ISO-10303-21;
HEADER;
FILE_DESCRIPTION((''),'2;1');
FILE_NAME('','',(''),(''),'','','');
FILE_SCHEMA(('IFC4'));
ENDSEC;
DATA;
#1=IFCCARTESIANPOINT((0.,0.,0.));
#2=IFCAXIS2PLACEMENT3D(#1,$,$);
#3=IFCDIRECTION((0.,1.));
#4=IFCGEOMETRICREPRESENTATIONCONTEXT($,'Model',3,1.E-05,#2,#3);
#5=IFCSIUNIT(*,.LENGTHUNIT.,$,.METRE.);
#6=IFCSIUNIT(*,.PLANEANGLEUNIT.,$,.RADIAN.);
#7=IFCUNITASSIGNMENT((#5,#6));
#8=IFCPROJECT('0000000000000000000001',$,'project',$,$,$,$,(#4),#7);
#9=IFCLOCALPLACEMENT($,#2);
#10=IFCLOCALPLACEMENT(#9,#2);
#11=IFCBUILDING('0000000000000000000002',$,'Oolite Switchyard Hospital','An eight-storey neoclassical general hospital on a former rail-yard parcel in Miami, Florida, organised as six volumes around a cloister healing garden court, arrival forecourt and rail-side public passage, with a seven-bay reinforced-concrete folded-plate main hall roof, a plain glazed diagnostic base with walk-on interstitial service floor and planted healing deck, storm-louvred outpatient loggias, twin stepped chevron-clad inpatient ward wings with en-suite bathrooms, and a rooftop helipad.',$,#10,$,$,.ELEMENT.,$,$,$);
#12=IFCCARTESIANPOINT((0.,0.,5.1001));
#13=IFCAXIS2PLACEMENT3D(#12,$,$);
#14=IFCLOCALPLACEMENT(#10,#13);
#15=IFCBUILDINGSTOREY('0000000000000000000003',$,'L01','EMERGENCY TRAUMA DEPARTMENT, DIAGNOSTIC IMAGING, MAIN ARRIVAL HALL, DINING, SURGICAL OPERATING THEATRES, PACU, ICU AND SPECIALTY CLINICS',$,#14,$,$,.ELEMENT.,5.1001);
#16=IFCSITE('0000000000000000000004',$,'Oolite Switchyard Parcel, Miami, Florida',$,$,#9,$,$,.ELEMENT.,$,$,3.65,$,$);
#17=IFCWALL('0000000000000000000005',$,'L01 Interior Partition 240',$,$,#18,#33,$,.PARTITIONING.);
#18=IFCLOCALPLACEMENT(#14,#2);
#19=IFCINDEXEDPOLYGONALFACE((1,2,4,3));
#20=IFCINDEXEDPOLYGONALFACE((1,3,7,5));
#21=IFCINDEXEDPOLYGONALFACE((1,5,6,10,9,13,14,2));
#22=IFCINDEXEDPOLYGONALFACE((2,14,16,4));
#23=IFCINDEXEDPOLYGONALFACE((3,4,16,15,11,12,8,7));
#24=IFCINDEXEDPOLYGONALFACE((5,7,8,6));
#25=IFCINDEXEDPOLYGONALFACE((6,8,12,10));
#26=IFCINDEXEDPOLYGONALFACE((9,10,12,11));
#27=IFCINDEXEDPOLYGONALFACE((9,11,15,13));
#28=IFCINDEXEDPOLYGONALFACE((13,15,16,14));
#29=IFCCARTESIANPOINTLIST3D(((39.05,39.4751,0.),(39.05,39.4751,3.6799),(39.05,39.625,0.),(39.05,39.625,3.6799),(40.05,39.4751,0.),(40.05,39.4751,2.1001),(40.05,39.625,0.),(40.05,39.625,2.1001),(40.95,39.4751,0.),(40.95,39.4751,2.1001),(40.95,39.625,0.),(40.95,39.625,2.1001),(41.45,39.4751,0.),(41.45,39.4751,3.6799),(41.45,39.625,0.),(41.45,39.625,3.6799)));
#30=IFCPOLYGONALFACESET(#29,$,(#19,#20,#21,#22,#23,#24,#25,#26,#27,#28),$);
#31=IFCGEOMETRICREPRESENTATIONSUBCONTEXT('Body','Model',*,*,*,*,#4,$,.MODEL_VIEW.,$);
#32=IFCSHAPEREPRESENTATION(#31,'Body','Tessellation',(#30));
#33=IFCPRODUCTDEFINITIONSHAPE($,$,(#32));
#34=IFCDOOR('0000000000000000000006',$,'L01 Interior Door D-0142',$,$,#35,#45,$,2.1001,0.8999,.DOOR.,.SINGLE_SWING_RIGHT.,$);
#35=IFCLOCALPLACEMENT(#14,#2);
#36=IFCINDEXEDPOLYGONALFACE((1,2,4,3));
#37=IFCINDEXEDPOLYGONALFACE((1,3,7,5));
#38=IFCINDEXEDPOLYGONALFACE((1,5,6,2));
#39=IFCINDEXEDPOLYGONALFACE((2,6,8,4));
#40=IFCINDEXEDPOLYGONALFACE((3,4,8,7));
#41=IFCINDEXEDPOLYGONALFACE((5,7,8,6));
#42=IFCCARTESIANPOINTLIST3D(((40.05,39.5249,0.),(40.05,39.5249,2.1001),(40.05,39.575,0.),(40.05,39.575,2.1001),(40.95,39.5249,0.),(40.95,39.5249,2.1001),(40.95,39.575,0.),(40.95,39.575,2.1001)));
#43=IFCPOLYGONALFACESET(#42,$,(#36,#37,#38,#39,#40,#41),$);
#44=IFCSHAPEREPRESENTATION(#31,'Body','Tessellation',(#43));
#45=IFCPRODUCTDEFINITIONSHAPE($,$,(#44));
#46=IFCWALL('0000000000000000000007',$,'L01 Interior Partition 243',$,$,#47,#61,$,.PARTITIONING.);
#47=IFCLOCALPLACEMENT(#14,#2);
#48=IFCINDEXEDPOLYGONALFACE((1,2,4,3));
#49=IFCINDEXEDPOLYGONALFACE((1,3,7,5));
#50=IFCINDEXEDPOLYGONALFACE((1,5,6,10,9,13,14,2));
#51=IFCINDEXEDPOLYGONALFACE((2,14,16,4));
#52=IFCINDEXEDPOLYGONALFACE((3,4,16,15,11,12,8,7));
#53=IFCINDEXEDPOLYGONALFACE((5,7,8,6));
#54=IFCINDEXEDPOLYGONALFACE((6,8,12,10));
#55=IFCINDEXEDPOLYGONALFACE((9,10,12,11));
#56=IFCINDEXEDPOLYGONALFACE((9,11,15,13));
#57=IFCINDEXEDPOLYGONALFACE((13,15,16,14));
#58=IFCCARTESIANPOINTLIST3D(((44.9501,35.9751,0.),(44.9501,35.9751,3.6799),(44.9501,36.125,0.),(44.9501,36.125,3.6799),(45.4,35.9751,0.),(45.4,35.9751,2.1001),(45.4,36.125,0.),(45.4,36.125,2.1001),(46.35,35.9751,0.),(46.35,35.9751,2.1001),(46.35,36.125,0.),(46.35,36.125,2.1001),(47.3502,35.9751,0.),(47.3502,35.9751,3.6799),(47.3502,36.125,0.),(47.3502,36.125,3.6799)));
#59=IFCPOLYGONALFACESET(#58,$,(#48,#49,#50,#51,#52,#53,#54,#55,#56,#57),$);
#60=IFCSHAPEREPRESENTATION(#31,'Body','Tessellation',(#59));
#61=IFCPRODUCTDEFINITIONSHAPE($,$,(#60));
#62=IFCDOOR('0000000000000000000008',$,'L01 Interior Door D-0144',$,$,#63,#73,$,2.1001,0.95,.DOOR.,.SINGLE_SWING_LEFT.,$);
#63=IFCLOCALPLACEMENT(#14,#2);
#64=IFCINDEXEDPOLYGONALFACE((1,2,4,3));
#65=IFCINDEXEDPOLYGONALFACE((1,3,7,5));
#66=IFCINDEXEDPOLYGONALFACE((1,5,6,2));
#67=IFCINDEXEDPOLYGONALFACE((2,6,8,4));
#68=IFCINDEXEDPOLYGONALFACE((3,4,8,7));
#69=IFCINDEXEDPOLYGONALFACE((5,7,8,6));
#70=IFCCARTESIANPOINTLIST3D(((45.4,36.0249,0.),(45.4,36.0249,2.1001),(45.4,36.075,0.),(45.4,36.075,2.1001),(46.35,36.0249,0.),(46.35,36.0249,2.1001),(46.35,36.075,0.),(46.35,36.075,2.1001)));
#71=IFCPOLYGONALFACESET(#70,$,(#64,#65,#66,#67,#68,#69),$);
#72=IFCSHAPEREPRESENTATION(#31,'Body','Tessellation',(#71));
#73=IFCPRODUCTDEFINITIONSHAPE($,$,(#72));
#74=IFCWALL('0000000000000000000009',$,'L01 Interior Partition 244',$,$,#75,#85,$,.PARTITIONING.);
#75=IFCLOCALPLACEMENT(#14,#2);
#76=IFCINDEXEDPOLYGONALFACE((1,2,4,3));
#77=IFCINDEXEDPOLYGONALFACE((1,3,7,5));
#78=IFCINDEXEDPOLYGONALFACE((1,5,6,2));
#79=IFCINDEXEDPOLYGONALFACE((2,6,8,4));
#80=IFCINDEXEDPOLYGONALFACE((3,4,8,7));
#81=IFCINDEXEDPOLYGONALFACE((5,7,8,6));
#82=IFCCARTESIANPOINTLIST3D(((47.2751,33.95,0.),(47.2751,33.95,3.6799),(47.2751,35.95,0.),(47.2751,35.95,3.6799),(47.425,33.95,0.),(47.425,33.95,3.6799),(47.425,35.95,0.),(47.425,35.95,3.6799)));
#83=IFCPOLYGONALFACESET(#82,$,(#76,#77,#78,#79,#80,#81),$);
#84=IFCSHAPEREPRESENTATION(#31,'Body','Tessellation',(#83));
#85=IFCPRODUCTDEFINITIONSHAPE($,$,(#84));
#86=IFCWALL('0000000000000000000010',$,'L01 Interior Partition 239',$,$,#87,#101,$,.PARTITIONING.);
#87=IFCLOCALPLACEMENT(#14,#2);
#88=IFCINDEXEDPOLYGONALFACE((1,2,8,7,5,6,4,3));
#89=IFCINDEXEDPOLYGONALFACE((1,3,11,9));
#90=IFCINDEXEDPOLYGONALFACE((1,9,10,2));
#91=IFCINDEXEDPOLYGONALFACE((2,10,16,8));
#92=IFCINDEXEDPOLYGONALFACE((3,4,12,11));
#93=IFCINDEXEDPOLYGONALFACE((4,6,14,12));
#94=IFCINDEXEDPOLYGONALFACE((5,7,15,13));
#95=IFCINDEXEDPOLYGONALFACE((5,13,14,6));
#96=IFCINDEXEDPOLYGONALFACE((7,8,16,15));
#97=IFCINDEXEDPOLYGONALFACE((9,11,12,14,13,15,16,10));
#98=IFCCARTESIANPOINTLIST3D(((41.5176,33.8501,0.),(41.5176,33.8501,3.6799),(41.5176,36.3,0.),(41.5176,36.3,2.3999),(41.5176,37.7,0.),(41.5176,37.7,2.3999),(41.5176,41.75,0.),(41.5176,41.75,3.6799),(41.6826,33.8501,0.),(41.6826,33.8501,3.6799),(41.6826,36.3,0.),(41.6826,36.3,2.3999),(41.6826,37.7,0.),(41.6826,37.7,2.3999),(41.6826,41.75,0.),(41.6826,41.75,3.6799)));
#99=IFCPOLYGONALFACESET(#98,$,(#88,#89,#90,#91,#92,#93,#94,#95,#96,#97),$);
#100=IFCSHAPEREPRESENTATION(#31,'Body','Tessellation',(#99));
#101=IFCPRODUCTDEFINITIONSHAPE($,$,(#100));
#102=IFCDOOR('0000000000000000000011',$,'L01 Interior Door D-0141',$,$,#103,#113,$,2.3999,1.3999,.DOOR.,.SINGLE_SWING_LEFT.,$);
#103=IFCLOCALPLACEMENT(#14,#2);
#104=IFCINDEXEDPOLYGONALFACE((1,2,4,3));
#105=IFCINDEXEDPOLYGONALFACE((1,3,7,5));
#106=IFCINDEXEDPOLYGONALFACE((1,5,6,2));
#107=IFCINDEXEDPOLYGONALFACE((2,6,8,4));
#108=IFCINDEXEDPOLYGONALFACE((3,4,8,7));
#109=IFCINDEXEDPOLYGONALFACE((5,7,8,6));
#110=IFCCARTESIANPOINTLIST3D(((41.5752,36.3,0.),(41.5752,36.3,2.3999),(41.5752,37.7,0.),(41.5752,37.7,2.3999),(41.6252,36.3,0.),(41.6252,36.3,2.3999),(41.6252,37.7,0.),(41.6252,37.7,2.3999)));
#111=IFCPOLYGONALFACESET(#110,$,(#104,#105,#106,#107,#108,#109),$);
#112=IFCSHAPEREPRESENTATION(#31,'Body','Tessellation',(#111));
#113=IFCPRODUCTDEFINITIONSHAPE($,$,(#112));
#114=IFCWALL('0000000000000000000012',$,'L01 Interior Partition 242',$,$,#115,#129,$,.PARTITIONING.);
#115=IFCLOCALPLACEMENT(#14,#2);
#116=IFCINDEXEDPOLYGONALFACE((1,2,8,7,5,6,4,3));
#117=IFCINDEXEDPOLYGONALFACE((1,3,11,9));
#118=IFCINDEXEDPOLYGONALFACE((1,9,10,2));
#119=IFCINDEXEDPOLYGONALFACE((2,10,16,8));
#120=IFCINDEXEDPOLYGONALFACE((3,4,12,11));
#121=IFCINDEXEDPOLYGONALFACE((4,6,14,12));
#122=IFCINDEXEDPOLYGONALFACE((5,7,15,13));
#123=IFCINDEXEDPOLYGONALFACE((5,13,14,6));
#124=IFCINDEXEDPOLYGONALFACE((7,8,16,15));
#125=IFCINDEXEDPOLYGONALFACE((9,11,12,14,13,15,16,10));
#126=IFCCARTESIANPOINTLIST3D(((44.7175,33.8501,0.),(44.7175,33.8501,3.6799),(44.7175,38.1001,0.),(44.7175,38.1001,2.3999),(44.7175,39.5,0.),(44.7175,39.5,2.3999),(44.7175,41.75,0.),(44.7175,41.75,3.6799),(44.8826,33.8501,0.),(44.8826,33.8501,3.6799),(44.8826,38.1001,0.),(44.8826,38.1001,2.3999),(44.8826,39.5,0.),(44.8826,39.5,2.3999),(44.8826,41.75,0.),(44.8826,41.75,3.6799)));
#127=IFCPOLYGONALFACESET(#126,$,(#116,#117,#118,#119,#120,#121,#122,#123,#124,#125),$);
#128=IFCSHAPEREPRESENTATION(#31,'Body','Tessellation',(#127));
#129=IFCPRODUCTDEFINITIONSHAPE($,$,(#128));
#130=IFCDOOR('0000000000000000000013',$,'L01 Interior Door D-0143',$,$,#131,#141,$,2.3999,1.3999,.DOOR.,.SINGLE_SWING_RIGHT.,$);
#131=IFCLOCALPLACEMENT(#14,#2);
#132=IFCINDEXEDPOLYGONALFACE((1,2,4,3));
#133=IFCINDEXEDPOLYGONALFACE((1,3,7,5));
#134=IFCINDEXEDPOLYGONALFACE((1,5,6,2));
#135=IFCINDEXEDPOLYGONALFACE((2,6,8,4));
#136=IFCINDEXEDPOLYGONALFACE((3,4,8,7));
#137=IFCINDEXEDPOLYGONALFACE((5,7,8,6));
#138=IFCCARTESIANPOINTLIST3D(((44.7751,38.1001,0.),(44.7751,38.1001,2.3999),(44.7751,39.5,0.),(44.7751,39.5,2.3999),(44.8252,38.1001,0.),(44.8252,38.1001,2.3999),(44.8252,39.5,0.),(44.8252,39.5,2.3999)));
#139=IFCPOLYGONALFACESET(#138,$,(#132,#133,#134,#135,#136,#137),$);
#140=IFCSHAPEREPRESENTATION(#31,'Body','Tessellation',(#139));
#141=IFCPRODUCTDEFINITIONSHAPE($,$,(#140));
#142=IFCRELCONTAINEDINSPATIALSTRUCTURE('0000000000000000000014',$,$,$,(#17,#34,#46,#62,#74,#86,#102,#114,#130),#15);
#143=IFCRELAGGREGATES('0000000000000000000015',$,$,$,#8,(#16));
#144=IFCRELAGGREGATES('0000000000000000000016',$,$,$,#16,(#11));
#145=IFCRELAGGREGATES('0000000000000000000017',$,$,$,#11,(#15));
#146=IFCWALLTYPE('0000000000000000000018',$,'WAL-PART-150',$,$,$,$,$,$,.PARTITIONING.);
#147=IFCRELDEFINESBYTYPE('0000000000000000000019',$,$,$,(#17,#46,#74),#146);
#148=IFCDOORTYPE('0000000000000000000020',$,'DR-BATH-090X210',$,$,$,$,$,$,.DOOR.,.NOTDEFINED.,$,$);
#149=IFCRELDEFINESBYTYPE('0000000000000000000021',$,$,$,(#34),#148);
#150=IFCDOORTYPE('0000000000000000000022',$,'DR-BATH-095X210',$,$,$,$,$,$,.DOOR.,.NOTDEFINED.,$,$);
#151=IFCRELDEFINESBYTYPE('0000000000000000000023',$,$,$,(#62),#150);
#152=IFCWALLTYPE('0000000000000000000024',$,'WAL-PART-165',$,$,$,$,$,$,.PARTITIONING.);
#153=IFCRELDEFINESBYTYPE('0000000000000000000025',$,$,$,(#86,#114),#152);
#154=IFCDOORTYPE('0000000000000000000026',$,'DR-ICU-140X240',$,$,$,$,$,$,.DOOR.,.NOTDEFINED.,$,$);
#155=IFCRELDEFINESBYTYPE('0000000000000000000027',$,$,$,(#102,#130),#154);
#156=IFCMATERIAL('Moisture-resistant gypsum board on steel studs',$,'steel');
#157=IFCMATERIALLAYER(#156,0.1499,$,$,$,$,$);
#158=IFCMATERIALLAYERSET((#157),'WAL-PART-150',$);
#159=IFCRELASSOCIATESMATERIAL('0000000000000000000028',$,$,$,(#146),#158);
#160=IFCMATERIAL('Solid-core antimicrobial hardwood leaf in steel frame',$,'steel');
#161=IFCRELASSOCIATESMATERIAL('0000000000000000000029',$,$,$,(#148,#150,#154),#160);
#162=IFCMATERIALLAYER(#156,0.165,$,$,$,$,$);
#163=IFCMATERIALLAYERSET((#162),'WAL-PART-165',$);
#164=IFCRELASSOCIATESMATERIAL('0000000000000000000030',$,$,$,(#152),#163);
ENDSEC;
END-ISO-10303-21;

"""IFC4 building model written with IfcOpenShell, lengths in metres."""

from ifc_helpers import new_model, si_unit, direction, frame, frame_2d, origin, place, context, subcontext, project, spatial, rectangle, extrude, material, layer, layer_set, type_object, element, fill, save


model = new_model("IFC4")

# Units and contexts
model_context = context("Model", 3, precision=1e-05, world=origin(), true_north=direction((0.0, 1.0)))
body_context = subcontext(model_context, "Body", "Model", "MODEL_VIEW")
ifc_project = project(units=[si_unit("LENGTHUNIT", "METRE"), si_unit("PLANEANGLEUNIT", "RADIAN")], contexts=[model_context])

# Site, building, storey
site_placement = place(None, origin())
site = spatial("IfcSite", under=ifc_project, at=site_placement, Name="Oolite Switchyard Parcel, Miami, Florida", CompositionType="ELEMENT", RefElevation=3.65)
building_placement = place(site_placement, origin())
building = spatial("IfcBuilding", under=site, at=building_placement, Name="Oolite Switchyard Hospital", Description="An eight-storey neoclassical general hospital on a former rail-yard parcel in Miami, Florida, organised as six volumes around a cloister healing garden court, arrival forecourt and rail-side public passage, with a seven-bay reinforced-concrete folded-plate main hall roof, a plain glazed diagnostic base with walk-on interstitial service floor and planted healing deck, storm-louvred outpatient loggias, twin stepped chevron-clad inpatient ward wings with en-suite bathrooms, and a rooftop helipad.", CompositionType="ELEMENT")
storey_placement = place(building_placement, frame((0.0, 0.0, 5.1001)))
storey = spatial("IfcBuildingStorey", under=building, at=storey_placement, Name="L01", Description="EMERGENCY TRAUMA DEPARTMENT, DIAGNOSTIC IMAGING, MAIN ARRIVAL HALL, DINING, SURGICAL OPERATING THEATRES, PACU, ICU AND SPECIALTY CLINICS", CompositionType="ELEMENT", Elevation=5.1001)

# Walls, openings, doors
ifc_material_1 = material(Name="Moisture-resistant gypsum board on steel studs", Category="steel")
ifc_layer_1 = layer(ifc_material_1, 0.1499)
ifc_layer_set_1 = layer_set([ifc_layer_1], Name="WAL-PART-150")
wall_type_1 = type_object("IfcWallType", Name="WAL-PART-150", PredefinedType="PARTITIONING", material=ifc_layer_set_1)
wall_1_placement = place(storey_placement, frame((39.05, 39.55, 0.0), z_axis=(0.0, 0.0, 1.0), x_axis=(1.0, 0.0, 0.0)))
wall_1 = element("IfcWall", 1, at=wall_1_placement, inside=storey, type_object=wall_type_1, Name="L01 Interior Partition 240", PredefinedType="PARTITIONING", context=body_context, shape_type="SweptSolid", body=[
    extrude(rectangle(XDim=2.3999, YDim=0.1499, at=frame_2d((1.2, 0.0))), origin(), (0.0, 0.0, 1.0), 3.6799),
])
opening_1_placement = place(wall_1_placement, frame((1.0, 0.0, 0.0)))
opening_1 = element("IfcOpeningElement", 2, at=opening_1_placement, cuts=wall_1, PredefinedType="OPENING", context=body_context, shape_type="SweptSolid", body=[
    extrude(rectangle(XDim=0.8999, YDim=2.1001, at=frame_2d((0.45, 1.05))), frame((0.0, 0.085, 0.0), z_axis=(0.0, -1.0, 0.0), x_axis=(1.0, 0.0, 0.0)), (0.0, 0.0, 1.0), 0.1699),
])
ifc_material_2 = material(Name="Solid-core antimicrobial hardwood leaf in steel frame", Category="steel")
door_type_1 = type_object("IfcDoorType", Name="DR-BATH-090X210", OperationType="NOTDEFINED", PredefinedType="DOOR", material=ifc_material_2)
door_1_placement = place(opening_1_placement, origin())
door_1 = element("IfcDoor", 3, at=door_1_placement, inside=storey, type_object=door_type_1, Name="L01 Interior Door D-0142", OperationType="SINGLE_SWING_RIGHT", OverallHeight=2.1001, OverallWidth=0.8999, PredefinedType="DOOR", context=body_context, shape_type="SweptSolid", body=[
    extrude(rectangle(XDim=0.8999, YDim=2.1001, at=frame_2d((0.45, 1.05))), frame((0.0, 0.0249, 0.0), z_axis=(0.0, -1.0, 0.0), x_axis=(1.0, 0.0, 0.0)), (0.0, 0.0, 1.0), 0.05),
])
fill(opening_1, door_1)
wall_2_placement = place(storey_placement, frame((44.95, 36.05, 0.0), z_axis=(0.0, 0.0, 1.0), x_axis=(1.0, 0.0, 0.0)))
wall_2 = element("IfcWall", 4, at=wall_2_placement, inside=storey, type_object=wall_type_1, Name="L01 Interior Partition 243", PredefinedType="PARTITIONING", context=body_context, shape_type="SweptSolid", body=[
    extrude(rectangle(XDim=2.4001, YDim=0.1499, at=frame_2d((1.2002, 0.0))), origin(), (0.0, 0.0, 1.0), 3.6799),
])
opening_2_placement = place(wall_2_placement, frame((0.45, 0.0, 0.0)))
opening_2 = element("IfcOpeningElement", 5, at=opening_2_placement, cuts=wall_2, PredefinedType="OPENING", context=body_context, shape_type="SweptSolid", body=[
    extrude(rectangle(XDim=0.95, YDim=2.1001, at=frame_2d((0.4751, 1.05))), frame((0.0, 0.085, 0.0), z_axis=(0.0, -1.0, 0.0), x_axis=(1.0, 0.0, 0.0)), (0.0, 0.0, 1.0), 0.1699),
])
door_type_2 = type_object("IfcDoorType", Name="DR-BATH-095X210", OperationType="NOTDEFINED", PredefinedType="DOOR", material=ifc_material_2)
door_2_placement = place(opening_2_placement, origin())
door_2 = element("IfcDoor", 6, at=door_2_placement, inside=storey, type_object=door_type_2, Name="L01 Interior Door D-0144", OperationType="SINGLE_SWING_LEFT", OverallHeight=2.1001, OverallWidth=0.95, PredefinedType="DOOR", context=body_context, shape_type="SweptSolid", body=[
    extrude(rectangle(XDim=0.95, YDim=2.1001, at=frame_2d((0.4751, 1.05))), frame((0.0, 0.0249, 0.0), z_axis=(0.0, -1.0, 0.0), x_axis=(1.0, 0.0, 0.0)), (0.0, 0.0, 1.0), 0.05),
])
fill(opening_2, door_2)

# Wall
wall_3_placement = place(storey_placement, frame((47.3501, 33.95, 0.0), z_axis=(0.0, 0.0, 1.0), x_axis=(0.0, 1.0, 0.0)))
element("IfcWall", 7, at=wall_3_placement, inside=storey, type_object=wall_type_1, Name="L01 Interior Partition 244", PredefinedType="PARTITIONING", context=body_context, shape_type="SweptSolid", body=[
    extrude(rectangle(XDim=2.0, YDim=0.1499, at=frame_2d((1.0, 0.0))), origin(), (0.0, 0.0, 1.0), 3.6799),
])

# Walls, openings, doors
ifc_layer_2 = layer(ifc_material_1, 0.165)
ifc_layer_set_2 = layer_set([ifc_layer_2], Name="WAL-PART-165")
wall_type_2 = type_object("IfcWallType", Name="WAL-PART-165", PredefinedType="PARTITIONING", material=ifc_layer_set_2)
wall_4_placement = place(storey_placement, frame((41.6001, 33.8501, 0.0), z_axis=(0.0, 0.0, 1.0), x_axis=(0.0, 1.0, 0.0)))
wall_4 = element("IfcWall", 8, at=wall_4_placement, inside=storey, type_object=wall_type_2, Name="L01 Interior Partition 239", PredefinedType="PARTITIONING", context=body_context, shape_type="SweptSolid", body=[
    extrude(rectangle(XDim=7.8999, YDim=0.165, at=frame_2d((3.95, 0.0))), origin(), (0.0, 0.0, 1.0), 3.6799),
])
opening_3_placement = place(wall_4_placement, frame((2.45, 0.0, 0.0)))
opening_3 = element("IfcOpeningElement", 9, at=opening_3_placement, cuts=wall_4, PredefinedType="OPENING", context=body_context, shape_type="SweptSolid", body=[
    extrude(rectangle(XDim=1.3999, YDim=2.3999, at=frame_2d((0.7, 1.2))), frame((0.0, 0.0925, 0.0), z_axis=(0.0, -1.0, 0.0), x_axis=(1.0, 0.0, 0.0)), (0.0, 0.0, 1.0), 0.1851),
])
door_type_3 = type_object("IfcDoorType", Name="DR-ICU-140X240", OperationType="NOTDEFINED", PredefinedType="DOOR", material=ifc_material_2)
door_3_placement = place(opening_3_placement, origin())
door_3 = element("IfcDoor", 10, at=door_3_placement, inside=storey, type_object=door_type_3, Name="L01 Interior Door D-0141", OperationType="SINGLE_SWING_LEFT", OverallHeight=2.3999, OverallWidth=1.3999, PredefinedType="DOOR", context=body_context, shape_type="SweptSolid", body=[
    extrude(rectangle(XDim=1.3999, YDim=2.3999, at=frame_2d((0.7, 1.2))), frame((0.0, 0.0249, 0.0), z_axis=(0.0, -1.0, 0.0), x_axis=(1.0, 0.0, 0.0)), (0.0, 0.0, 1.0), 0.05),
])
fill(opening_3, door_3)
wall_5_placement = place(storey_placement, frame((44.8, 33.8501, 0.0), z_axis=(0.0, 0.0, 1.0), x_axis=(0.0, 1.0, 0.0)))
wall_5 = element("IfcWall", 11, at=wall_5_placement, inside=storey, type_object=wall_type_2, Name="L01 Interior Partition 242", PredefinedType="PARTITIONING", context=body_context, shape_type="SweptSolid", body=[
    extrude(rectangle(XDim=7.8999, YDim=0.165, at=frame_2d((3.95, 0.0))), origin(), (0.0, 0.0, 1.0), 3.6799),
])
opening_4_placement = place(wall_5_placement, frame((4.25, 0.0, 0.0)))
opening_4 = element("IfcOpeningElement", 12, at=opening_4_placement, cuts=wall_5, PredefinedType="OPENING", context=body_context, shape_type="SweptSolid", body=[
    extrude(rectangle(XDim=1.3999, YDim=2.3999, at=frame_2d((0.7, 1.2))), frame((0.0, 0.0925, 0.0), z_axis=(0.0, -1.0, 0.0), x_axis=(1.0, 0.0, 0.0)), (0.0, 0.0, 1.0), 0.1851),
])
door_4_placement = place(opening_4_placement, origin())
door_4 = element("IfcDoor", 13, at=door_4_placement, inside=storey, type_object=door_type_3, Name="L01 Interior Door D-0143", OperationType="SINGLE_SWING_RIGHT", OverallHeight=2.3999, OverallWidth=1.3999, PredefinedType="DOOR", context=body_context, shape_type="SweptSolid", body=[
    extrude(rectangle(XDim=1.3999, YDim=2.3999, at=frame_2d((0.7, 1.2))), frame((0.0, 0.0249, 0.0), z_axis=(0.0, -1.0, 0.0), x_axis=(1.0, 0.0, 0.0)), (0.0, 0.0, 1.0), 0.05),
])
fill(opening_4, door_4)

save(model, "model.ifc")
